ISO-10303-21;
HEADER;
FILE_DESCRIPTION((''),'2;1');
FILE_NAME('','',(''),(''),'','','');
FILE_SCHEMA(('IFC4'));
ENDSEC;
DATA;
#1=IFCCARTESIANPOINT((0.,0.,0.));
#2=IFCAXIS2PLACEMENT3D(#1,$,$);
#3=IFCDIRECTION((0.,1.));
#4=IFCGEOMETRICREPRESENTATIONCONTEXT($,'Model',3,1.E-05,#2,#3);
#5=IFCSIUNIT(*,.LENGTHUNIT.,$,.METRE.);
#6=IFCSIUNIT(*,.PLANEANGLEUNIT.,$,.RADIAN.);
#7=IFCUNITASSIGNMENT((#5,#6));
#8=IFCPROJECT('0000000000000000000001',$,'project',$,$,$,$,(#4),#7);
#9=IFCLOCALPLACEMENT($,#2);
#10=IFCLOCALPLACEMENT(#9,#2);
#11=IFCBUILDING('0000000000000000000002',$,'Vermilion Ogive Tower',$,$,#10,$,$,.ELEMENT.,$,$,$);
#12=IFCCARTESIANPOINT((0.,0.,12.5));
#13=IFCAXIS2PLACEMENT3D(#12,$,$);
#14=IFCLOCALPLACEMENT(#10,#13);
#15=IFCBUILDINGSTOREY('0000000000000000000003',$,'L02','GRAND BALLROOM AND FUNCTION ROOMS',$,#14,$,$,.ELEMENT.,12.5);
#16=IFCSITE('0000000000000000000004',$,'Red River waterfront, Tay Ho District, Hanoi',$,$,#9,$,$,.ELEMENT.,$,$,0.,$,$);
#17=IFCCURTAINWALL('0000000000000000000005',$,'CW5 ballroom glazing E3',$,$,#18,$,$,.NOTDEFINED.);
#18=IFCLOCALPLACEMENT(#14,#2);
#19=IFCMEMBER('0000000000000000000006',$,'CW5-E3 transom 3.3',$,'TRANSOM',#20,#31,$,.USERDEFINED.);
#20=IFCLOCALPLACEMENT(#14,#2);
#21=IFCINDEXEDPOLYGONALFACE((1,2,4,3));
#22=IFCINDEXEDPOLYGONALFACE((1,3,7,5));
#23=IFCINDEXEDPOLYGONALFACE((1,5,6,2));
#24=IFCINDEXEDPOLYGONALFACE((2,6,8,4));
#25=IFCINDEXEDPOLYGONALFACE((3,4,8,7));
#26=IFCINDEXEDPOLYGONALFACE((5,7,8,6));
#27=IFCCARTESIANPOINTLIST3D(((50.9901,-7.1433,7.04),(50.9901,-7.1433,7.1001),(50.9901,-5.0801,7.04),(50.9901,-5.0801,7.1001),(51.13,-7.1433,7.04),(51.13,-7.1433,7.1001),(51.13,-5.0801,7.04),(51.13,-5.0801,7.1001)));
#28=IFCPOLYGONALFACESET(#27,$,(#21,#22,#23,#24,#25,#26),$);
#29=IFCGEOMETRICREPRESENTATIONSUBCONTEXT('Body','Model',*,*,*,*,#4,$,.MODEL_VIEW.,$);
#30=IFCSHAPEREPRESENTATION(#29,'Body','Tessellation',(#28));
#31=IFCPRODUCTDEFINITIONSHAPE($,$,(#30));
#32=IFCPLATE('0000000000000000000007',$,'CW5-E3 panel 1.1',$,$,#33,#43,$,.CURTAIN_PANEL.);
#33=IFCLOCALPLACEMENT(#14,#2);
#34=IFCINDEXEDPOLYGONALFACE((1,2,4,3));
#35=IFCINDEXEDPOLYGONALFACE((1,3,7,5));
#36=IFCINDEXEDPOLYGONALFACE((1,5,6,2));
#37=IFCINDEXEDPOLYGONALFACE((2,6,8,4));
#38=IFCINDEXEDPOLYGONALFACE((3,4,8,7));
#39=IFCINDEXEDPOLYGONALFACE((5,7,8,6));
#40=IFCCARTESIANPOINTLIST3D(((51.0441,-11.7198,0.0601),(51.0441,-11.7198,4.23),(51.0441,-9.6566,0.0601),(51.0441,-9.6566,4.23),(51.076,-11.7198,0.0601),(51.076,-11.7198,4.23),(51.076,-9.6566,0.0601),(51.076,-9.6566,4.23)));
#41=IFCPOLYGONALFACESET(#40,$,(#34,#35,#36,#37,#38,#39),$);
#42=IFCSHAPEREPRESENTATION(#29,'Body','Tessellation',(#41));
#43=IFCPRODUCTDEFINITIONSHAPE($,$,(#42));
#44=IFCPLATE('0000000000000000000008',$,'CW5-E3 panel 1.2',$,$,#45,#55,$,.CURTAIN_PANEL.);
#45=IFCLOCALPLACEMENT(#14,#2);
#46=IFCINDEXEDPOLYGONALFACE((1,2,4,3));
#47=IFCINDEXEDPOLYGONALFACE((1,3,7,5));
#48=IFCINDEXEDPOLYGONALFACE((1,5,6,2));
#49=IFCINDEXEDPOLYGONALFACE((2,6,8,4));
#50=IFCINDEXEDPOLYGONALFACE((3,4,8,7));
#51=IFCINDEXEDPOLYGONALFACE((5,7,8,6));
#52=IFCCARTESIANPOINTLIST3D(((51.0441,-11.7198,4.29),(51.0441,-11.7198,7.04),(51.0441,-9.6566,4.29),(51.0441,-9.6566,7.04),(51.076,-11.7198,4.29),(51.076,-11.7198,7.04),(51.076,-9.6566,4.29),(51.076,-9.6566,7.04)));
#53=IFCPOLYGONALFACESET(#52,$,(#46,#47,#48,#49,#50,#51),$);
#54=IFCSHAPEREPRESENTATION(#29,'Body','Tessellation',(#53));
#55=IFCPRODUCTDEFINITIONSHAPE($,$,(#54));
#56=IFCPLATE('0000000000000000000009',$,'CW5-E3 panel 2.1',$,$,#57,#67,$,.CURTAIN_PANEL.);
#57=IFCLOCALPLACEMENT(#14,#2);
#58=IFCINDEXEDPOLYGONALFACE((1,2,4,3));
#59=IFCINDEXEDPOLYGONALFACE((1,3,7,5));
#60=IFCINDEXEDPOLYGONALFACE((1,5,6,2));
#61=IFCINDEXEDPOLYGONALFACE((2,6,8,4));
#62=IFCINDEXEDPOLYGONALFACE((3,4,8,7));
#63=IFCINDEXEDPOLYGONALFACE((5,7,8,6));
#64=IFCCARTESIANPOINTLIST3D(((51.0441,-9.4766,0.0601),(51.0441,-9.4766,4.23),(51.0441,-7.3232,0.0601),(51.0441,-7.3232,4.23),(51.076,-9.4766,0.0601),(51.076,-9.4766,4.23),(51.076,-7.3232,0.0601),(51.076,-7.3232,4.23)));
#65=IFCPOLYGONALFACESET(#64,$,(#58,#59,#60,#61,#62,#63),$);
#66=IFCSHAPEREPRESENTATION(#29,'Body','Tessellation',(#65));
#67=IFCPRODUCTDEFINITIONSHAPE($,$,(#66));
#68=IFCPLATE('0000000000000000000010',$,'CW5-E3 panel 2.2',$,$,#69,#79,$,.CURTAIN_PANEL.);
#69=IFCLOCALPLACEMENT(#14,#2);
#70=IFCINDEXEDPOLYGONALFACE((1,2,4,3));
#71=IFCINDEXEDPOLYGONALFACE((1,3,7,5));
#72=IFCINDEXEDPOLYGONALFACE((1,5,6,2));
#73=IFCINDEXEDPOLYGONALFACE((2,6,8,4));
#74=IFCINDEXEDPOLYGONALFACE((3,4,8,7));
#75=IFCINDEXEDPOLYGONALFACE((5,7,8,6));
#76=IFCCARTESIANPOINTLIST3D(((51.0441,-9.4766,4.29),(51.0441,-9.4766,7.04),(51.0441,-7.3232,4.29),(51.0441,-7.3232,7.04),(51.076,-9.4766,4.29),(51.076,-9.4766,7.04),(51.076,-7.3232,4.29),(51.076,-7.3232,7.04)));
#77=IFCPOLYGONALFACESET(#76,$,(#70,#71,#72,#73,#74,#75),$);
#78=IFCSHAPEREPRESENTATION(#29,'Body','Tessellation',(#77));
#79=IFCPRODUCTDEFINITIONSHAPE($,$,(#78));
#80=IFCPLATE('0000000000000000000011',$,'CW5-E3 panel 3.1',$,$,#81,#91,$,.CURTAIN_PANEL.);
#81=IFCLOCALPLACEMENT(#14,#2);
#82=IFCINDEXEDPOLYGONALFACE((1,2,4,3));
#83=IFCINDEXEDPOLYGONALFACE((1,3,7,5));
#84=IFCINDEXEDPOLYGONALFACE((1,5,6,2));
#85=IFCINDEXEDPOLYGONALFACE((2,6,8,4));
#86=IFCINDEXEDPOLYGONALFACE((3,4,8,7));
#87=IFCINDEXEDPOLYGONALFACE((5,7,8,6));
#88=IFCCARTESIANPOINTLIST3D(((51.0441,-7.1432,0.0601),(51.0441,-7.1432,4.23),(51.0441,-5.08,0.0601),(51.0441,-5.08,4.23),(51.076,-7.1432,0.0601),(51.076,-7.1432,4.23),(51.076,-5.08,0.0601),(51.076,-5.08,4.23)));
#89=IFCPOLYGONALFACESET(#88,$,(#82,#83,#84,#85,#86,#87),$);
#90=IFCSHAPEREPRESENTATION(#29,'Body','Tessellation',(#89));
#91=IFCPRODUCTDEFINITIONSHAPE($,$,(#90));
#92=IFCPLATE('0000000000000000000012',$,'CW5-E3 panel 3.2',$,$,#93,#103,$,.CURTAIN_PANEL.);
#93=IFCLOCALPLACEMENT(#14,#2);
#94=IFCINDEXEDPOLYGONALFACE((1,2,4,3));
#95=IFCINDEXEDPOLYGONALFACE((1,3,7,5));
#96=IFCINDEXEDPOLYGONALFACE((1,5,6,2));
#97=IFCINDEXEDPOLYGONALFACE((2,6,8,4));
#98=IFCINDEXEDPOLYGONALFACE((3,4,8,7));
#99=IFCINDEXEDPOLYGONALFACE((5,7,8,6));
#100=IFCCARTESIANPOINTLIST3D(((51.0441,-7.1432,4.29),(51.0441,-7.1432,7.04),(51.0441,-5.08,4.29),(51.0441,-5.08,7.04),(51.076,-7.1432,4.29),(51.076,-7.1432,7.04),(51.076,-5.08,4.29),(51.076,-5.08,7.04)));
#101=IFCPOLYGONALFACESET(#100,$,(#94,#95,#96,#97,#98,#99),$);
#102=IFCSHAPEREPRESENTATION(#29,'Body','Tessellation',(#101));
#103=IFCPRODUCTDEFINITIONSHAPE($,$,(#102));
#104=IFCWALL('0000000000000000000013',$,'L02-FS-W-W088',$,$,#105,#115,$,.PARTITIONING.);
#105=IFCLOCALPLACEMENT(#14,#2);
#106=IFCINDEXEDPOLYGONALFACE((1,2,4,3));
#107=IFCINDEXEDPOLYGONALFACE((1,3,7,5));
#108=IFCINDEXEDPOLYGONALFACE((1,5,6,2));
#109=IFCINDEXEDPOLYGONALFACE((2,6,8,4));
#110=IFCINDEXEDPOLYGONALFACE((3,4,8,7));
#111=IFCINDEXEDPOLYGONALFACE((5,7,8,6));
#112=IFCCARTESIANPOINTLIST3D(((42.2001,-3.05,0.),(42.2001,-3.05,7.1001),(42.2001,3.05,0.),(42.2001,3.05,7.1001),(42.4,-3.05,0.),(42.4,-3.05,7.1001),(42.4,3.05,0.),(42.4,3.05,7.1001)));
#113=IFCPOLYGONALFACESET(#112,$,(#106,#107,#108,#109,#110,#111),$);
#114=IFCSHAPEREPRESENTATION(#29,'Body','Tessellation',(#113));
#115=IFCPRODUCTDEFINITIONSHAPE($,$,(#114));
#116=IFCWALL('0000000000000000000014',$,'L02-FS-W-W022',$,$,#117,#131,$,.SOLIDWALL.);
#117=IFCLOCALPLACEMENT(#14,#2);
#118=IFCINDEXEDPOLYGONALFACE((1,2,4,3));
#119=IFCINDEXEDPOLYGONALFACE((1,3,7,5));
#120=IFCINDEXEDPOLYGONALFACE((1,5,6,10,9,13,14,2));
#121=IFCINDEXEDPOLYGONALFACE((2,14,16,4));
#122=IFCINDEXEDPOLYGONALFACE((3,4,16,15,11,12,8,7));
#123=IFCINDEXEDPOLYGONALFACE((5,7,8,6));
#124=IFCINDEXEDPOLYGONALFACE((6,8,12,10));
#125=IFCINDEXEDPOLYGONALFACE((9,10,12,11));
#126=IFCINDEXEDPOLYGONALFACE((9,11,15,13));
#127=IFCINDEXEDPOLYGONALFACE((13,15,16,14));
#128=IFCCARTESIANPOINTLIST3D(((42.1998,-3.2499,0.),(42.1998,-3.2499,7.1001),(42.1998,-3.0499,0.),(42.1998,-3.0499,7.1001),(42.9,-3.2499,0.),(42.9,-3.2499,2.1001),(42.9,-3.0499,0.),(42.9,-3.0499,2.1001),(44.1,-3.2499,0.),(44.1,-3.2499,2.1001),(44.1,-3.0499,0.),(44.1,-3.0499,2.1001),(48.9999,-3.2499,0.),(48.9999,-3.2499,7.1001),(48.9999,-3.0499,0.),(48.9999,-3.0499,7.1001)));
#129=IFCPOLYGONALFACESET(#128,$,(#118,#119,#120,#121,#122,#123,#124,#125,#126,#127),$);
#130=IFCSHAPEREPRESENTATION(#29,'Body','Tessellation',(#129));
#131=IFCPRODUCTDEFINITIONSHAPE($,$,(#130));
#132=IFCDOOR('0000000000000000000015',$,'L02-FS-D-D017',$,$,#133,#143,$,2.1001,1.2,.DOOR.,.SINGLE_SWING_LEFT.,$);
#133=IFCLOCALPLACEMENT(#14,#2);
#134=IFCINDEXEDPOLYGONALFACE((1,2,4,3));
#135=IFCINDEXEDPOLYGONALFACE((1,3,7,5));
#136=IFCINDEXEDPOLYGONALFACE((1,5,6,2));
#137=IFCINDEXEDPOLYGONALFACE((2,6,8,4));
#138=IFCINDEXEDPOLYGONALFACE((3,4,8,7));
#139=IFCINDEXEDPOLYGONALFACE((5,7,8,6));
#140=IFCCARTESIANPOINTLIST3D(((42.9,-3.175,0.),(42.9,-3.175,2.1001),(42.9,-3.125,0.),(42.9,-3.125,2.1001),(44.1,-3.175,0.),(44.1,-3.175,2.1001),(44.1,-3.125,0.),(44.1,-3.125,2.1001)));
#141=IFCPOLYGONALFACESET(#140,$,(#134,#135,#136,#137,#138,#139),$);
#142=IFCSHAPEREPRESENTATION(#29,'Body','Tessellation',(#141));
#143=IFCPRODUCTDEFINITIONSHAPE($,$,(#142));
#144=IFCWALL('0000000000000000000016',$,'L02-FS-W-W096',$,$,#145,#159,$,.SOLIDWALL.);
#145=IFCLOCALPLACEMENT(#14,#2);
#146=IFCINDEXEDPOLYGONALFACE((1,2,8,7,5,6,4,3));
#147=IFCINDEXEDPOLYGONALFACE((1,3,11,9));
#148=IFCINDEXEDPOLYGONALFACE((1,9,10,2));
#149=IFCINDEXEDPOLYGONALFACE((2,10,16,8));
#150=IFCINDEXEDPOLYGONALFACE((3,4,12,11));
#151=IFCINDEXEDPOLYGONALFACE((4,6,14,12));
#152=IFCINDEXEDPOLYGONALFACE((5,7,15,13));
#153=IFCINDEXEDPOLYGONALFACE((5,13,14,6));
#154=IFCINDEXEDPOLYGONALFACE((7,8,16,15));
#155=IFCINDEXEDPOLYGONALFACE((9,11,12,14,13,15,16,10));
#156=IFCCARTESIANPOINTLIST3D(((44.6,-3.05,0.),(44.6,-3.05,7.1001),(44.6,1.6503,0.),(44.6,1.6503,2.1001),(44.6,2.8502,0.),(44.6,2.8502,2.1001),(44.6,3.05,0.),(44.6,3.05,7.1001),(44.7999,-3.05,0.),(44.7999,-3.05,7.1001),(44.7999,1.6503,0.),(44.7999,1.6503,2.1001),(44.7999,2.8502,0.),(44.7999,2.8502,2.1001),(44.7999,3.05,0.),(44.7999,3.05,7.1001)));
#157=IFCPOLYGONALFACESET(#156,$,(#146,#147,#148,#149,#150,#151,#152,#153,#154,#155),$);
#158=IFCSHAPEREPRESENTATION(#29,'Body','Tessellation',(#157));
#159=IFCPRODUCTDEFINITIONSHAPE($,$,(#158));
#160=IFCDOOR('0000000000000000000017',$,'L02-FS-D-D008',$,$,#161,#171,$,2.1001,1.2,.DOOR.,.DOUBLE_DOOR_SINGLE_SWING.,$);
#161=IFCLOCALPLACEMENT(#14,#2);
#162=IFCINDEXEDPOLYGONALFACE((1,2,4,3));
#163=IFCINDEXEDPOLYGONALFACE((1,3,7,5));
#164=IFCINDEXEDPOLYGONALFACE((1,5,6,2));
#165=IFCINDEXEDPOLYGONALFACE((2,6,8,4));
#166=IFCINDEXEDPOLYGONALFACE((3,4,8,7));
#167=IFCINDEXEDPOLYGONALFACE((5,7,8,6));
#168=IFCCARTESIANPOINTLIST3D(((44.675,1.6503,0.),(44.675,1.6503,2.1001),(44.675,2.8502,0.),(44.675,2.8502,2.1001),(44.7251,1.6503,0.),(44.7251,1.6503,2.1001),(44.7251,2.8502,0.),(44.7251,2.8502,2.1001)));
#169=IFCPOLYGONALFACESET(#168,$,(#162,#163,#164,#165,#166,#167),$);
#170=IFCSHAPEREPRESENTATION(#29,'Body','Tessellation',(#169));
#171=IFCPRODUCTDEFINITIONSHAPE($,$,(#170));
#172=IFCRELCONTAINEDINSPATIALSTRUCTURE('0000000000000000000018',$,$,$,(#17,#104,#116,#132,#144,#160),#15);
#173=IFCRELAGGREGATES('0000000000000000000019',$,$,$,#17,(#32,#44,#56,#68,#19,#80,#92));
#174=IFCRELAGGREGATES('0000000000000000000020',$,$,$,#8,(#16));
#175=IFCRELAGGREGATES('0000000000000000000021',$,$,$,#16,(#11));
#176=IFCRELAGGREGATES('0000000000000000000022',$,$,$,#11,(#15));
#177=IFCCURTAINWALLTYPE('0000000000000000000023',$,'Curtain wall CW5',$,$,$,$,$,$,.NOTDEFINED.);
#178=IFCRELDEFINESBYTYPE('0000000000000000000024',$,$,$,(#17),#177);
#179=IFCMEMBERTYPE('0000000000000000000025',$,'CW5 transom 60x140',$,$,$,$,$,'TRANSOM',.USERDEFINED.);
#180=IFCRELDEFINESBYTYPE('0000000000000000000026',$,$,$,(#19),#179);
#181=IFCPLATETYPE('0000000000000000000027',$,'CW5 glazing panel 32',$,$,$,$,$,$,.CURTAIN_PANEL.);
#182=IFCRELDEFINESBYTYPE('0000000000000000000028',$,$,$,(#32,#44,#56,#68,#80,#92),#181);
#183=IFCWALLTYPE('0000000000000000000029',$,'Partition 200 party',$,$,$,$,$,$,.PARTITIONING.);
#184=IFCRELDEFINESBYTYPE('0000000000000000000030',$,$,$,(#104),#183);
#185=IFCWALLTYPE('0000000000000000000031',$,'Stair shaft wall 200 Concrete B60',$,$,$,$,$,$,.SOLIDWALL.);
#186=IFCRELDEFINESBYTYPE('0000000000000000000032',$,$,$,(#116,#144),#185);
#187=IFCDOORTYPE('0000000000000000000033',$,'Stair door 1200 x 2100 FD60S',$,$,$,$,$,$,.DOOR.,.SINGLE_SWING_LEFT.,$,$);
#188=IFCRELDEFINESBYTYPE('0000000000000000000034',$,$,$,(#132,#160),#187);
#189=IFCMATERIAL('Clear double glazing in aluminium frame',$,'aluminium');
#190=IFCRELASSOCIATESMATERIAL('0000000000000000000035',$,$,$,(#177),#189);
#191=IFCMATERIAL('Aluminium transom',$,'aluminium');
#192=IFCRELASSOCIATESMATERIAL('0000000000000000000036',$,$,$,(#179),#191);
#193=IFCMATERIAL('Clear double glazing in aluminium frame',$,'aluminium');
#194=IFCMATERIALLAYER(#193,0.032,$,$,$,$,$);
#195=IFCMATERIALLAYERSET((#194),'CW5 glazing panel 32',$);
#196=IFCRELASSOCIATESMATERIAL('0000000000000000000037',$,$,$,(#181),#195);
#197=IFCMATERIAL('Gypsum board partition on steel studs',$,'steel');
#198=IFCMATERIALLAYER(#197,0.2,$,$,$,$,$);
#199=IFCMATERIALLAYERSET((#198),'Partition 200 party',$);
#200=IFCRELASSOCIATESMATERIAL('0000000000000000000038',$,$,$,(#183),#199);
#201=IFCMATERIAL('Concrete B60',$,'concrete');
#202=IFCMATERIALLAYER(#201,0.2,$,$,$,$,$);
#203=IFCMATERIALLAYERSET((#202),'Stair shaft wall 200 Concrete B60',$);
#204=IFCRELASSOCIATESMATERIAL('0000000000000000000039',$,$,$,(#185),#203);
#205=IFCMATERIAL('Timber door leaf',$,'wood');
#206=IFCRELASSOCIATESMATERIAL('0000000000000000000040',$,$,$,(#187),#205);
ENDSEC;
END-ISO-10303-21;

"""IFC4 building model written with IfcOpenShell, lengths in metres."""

from ifc_helpers import new_model, si_unit, direction, frame, frame_2d, origin, origin_2d, place, context, subcontext, project, spatial, rectangle, extrude, material, layer, layer_set, material_profile, profile_set, type_object, element, fill, aggregate, save


model = new_model("IFC4")

# Units and contexts
model_context = context("Model", 3, precision=1e-05, world=origin(), true_north=direction((0.0, 1.0)))
body_context = subcontext(model_context, "Body", "Model", "MODEL_VIEW")
ifc_project = project(units=[si_unit("LENGTHUNIT", "METRE"), si_unit("PLANEANGLEUNIT", "RADIAN")], contexts=[model_context])

# Site, building, storey
site_placement = place(None, origin())
site = spatial("IfcSite", under=ifc_project, at=site_placement, Name="Red River waterfront, Tay Ho District, Hanoi", CompositionType="ELEMENT", RefElevation=0.0)
building_placement = place(site_placement, origin())
building = spatial("IfcBuilding", under=site, at=building_placement, Name="Vermilion Ogive Tower", CompositionType="ELEMENT")
storey_placement = place(building_placement, frame((0.0, 0.0, 12.5)))
storey = spatial("IfcBuildingStorey", under=building, at=storey_placement, Name="L02", Description="GRAND BALLROOM AND FUNCTION ROOMS", CompositionType="ELEMENT", Elevation=12.5)

# Curtain wall, member, plates
ifc_material_1 = material(Name="Clear double glazing in aluminium frame", Category="aluminium")
curtain_wall_type = type_object("IfcCurtainWallType", Name="Curtain wall CW5", PredefinedType="NOTDEFINED", material=ifc_material_1)
curtain_wall_placement = place(storey_placement, origin())
curtain_wall = element("IfcCurtainWall", 1, at=curtain_wall_placement, inside=storey, type_object=curtain_wall_type, Name="CW5 ballroom glazing E3", PredefinedType="NOTDEFINED")
ifc_material_2 = material(Name="Aluminium transom", Category="aluminium")
ifc_material_profile_1 = material_profile(ifc_material_2, rectangle(XDim=0.1399, YDim=0.0601, at=origin_2d()), Name="AL 60x140")
ifc_profile_set_1 = profile_set([ifc_material_profile_1], Name="Aluminium transom")
member_type_1 = type_object("IfcMemberType", Name="CW5 transom 60x140", ElementType="TRANSOM", PredefinedType="USERDEFINED", material=ifc_profile_set_1)
member_1_placement = place(storey_placement, frame((51.0601, -7.1433, 7.0701), z_axis=(0.0, 1.0, 0.0), x_axis=(-1.0, 0.0, 0.0)))
member_1 = element("IfcMember", 2, at=member_1_placement, type_object=member_type_1, Name="CW5-E3 transom 3.3", ObjectType="TRANSOM", PredefinedType="USERDEFINED", context=body_context, shape_type="SweptSolid", body=[
    extrude(rectangle(XDim=0.1399, YDim=0.0601, at=origin_2d()), origin(), (0.0, 0.0, 1.0), 2.0632),
])
ifc_material_3 = material(Name="Clear double glazing in aluminium frame", Category="aluminium")
ifc_layer_1 = layer(ifc_material_3, 0.032)
ifc_layer_set_1 = layer_set([ifc_layer_1], Name="CW5 glazing panel 32")
plate_type = type_object("IfcPlateType", Name="CW5 glazing panel 32", PredefinedType="CURTAIN_PANEL", material=ifc_layer_set_1)
plate_1_placement = place(storey_placement, frame((51.0601, -10.6882, 0.0601), z_axis=(0.0, 0.0, 1.0), x_axis=(0.0, 1.0, 0.0)))
plate_1 = element("IfcPlate", 3, at=plate_1_placement, type_object=plate_type, Name="CW5-E3 panel 1.1", PredefinedType="CURTAIN_PANEL", context=body_context, shape_type="SweptSolid", body=[
    extrude(rectangle(XDim=2.0632, YDim=0.032, at=origin_2d()), origin(), (0.0, 0.0, 1.0), 4.1699),
])
plate_2_placement = place(storey_placement, frame((51.0601, -10.6882, 4.29), z_axis=(0.0, 0.0, 1.0), x_axis=(0.0, 1.0, 0.0)))
plate_2 = element("IfcPlate", 4, at=plate_2_placement, type_object=plate_type, Name="CW5-E3 panel 1.2", PredefinedType="CURTAIN_PANEL", context=body_context, shape_type="SweptSolid", body=[
    extrude(rectangle(XDim=2.0632, YDim=0.032, at=origin_2d()), origin(), (0.0, 0.0, 1.0), 2.75),
])
plate_3_placement = place(storey_placement, frame((51.0601, -8.3999, 0.0601), z_axis=(0.0, 0.0, 1.0), x_axis=(0.0, 1.0, 0.0)))
plate_3 = element("IfcPlate", 5, at=plate_3_placement, type_object=plate_type, Name="CW5-E3 panel 2.1", PredefinedType="CURTAIN_PANEL", context=body_context, shape_type="SweptSolid", body=[
    extrude(rectangle(XDim=2.1533, YDim=0.032, at=origin_2d()), origin(), (0.0, 0.0, 1.0), 4.1699),
])
plate_4_placement = place(storey_placement, frame((51.0601, -8.3999, 4.29), z_axis=(0.0, 0.0, 1.0), x_axis=(0.0, 1.0, 0.0)))
plate_4 = element("IfcPlate", 6, at=plate_4_placement, type_object=plate_type, Name="CW5-E3 panel 2.2", PredefinedType="CURTAIN_PANEL", context=body_context, shape_type="SweptSolid", body=[
    extrude(rectangle(XDim=2.1533, YDim=0.032, at=origin_2d()), origin(), (0.0, 0.0, 1.0), 2.75),
])
plate_5_placement = place(storey_placement, frame((51.0601, -6.1116, 0.0601), z_axis=(0.0, 0.0, 1.0), x_axis=(0.0, 1.0, 0.0)))
plate_5 = element("IfcPlate", 7, at=plate_5_placement, type_object=plate_type, Name="CW5-E3 panel 3.1", PredefinedType="CURTAIN_PANEL", context=body_context, shape_type="SweptSolid", body=[
    extrude(rectangle(XDim=2.0632, YDim=0.032, at=origin_2d()), origin(), (0.0, 0.0, 1.0), 4.1699),
])
plate_6_placement = place(storey_placement, frame((51.0601, -6.1116, 4.29), z_axis=(0.0, 0.0, 1.0), x_axis=(0.0, 1.0, 0.0)))
plate_6 = element("IfcPlate", 8, at=plate_6_placement, type_object=plate_type, Name="CW5-E3 panel 3.2", PredefinedType="CURTAIN_PANEL", context=body_context, shape_type="SweptSolid", body=[
    extrude(rectangle(XDim=2.0632, YDim=0.032, at=origin_2d()), origin(), (0.0, 0.0, 1.0), 2.75),
])
aggregate(curtain_wall, [plate_1, plate_2, plate_3, plate_4, member_1, plate_5, plate_6])

# Wall
ifc_material_4 = material(Name="Gypsum board partition on steel studs", Category="steel")
ifc_layer_2 = layer(ifc_material_4, 0.2)
ifc_layer_set_2 = layer_set([ifc_layer_2], Name="Partition 200 party")
wall_type_1 = type_object("IfcWallType", Name="Partition 200 party", PredefinedType="PARTITIONING", material=ifc_layer_set_2)
wall_1_placement = place(storey_placement, frame((42.3, -3.05, 0.0), z_axis=(0.0, 0.0, 1.0), x_axis=(0.0, 1.0, 0.0)))
element("IfcWall", 9, at=wall_1_placement, inside=storey, type_object=wall_type_1, Name="L02-FS-W-W088", PredefinedType="PARTITIONING", context=body_context, shape_type="SweptSolid", body=[
    extrude(rectangle(XDim=6.1001, YDim=0.2, at=frame_2d((3.05, 0.0))), origin(), (0.0, 0.0, 1.0), 7.1001),
])

# Walls, openings, doors
ifc_material_5 = material(Name="Concrete B60", Category="concrete")
ifc_layer_3 = layer(ifc_material_5, 0.2)
ifc_layer_set_3 = layer_set([ifc_layer_3], Name="Stair shaft wall 200 Concrete B60")
wall_type_2 = type_object("IfcWallType", Name="Stair shaft wall 200 Concrete B60", PredefinedType="SOLIDWALL", material=ifc_layer_set_3)
wall_2_placement = place(storey_placement, frame((42.2, -3.1499, 0.0), z_axis=(0.0, 0.0, 1.0), x_axis=(1.0, 0.0, 0.0)))
wall_2 = element("IfcWall", 10, at=wall_2_placement, inside=storey, type_object=wall_type_2, Name="L02-FS-W-W022", PredefinedType="SOLIDWALL", context=body_context, shape_type="SweptSolid", body=[
    extrude(rectangle(XDim=6.8, YDim=0.2, at=frame_2d((3.3999, 0.0))), origin(), (0.0, 0.0, 1.0), 7.1001),
])
opening_1_placement = place(wall_2_placement, frame((0.7, 0.0, 0.0)))
opening_1 = element("IfcOpeningElement", 11, at=opening_1_placement, cuts=wall_2, PredefinedType="OPENING", context=body_context, shape_type="SweptSolid", body=[
    extrude(rectangle(XDim=1.2, YDim=2.1001, at=frame_2d((0.6001, 1.05))), frame((0.0, 0.1099, 0.0), z_axis=(0.0, -1.0, 0.0), x_axis=(1.0, 0.0, 0.0)), (0.0, 0.0, 1.0), 0.22),
])
ifc_material_6 = material(Name="Timber door leaf", Category="wood")
door_type_1 = type_object("IfcDoorType", Name="Stair door 1200 x 2100 FD60S", OperationType="SINGLE_SWING_LEFT", PredefinedType="DOOR", material=ifc_material_6)
door_1_placement = place(opening_1_placement, origin())
door_1 = element("IfcDoor", 12, at=door_1_placement, inside=storey, type_object=door_type_1, Name="L02-FS-D-D017", OperationType="SINGLE_SWING_LEFT", OverallHeight=2.1001, OverallWidth=1.2, PredefinedType="DOOR", context=body_context, shape_type="SweptSolid", body=[
    extrude(rectangle(XDim=1.2, YDim=2.1001, at=frame_2d((0.6001, 1.05))), frame((0.0, 0.0249, 0.0), z_axis=(0.0, -1.0, 0.0), x_axis=(1.0, 0.0, 0.0)), (0.0, 0.0, 1.0), 0.05),
])
fill(opening_1, door_1)
wall_3_placement = place(storey_placement, frame((44.7, -3.05, 0.0), z_axis=(0.0, 0.0, 1.0), x_axis=(0.0, 1.0, 0.0)))
wall_3 = element("IfcWall", 13, at=wall_3_placement, inside=storey, type_object=wall_type_2, Name="L02-FS-W-W096", PredefinedType="SOLIDWALL", context=body_context, shape_type="SweptSolid", body=[
    extrude(rectangle(XDim=6.1001, YDim=0.2, at=frame_2d((3.05, 0.0))), origin(), (0.0, 0.0, 1.0), 7.1001),
])
opening_2_placement = place(wall_3_placement, frame((4.7002, 0.0, 0.0)))
opening_2 = element("IfcOpeningElement", 14, at=opening_2_placement, cuts=wall_3, PredefinedType="OPENING", context=body_context, shape_type="SweptSolid", body=[
    extrude(rectangle(XDim=1.2, YDim=2.1001, at=frame_2d((0.6001, 1.05))), frame((0.0, 0.1099, 0.0), z_axis=(0.0, -1.0, 0.0), x_axis=(1.0, 0.0, 0.0)), (0.0, 0.0, 1.0), 0.22),
])
door_2_placement = place(opening_2_placement, origin())
door_2 = element("IfcDoor", 15, at=door_2_placement, inside=storey, type_object=door_type_1, Name="L02-FS-D-D008", OperationType="DOUBLE_DOOR_SINGLE_SWING", OverallHeight=2.1001, OverallWidth=1.2, PredefinedType="DOOR", context=body_context, shape_type="SweptSolid", body=[
    extrude(rectangle(XDim=1.2, YDim=2.1001, at=frame_2d((0.6001, 1.05))), frame((0.0, 0.0249, 0.0), z_axis=(0.0, -1.0, 0.0), x_axis=(1.0, 0.0, 0.0)), (0.0, 0.0, 1.0), 0.05),
])
fill(opening_2, door_2)

save(model, "model.ifc")
